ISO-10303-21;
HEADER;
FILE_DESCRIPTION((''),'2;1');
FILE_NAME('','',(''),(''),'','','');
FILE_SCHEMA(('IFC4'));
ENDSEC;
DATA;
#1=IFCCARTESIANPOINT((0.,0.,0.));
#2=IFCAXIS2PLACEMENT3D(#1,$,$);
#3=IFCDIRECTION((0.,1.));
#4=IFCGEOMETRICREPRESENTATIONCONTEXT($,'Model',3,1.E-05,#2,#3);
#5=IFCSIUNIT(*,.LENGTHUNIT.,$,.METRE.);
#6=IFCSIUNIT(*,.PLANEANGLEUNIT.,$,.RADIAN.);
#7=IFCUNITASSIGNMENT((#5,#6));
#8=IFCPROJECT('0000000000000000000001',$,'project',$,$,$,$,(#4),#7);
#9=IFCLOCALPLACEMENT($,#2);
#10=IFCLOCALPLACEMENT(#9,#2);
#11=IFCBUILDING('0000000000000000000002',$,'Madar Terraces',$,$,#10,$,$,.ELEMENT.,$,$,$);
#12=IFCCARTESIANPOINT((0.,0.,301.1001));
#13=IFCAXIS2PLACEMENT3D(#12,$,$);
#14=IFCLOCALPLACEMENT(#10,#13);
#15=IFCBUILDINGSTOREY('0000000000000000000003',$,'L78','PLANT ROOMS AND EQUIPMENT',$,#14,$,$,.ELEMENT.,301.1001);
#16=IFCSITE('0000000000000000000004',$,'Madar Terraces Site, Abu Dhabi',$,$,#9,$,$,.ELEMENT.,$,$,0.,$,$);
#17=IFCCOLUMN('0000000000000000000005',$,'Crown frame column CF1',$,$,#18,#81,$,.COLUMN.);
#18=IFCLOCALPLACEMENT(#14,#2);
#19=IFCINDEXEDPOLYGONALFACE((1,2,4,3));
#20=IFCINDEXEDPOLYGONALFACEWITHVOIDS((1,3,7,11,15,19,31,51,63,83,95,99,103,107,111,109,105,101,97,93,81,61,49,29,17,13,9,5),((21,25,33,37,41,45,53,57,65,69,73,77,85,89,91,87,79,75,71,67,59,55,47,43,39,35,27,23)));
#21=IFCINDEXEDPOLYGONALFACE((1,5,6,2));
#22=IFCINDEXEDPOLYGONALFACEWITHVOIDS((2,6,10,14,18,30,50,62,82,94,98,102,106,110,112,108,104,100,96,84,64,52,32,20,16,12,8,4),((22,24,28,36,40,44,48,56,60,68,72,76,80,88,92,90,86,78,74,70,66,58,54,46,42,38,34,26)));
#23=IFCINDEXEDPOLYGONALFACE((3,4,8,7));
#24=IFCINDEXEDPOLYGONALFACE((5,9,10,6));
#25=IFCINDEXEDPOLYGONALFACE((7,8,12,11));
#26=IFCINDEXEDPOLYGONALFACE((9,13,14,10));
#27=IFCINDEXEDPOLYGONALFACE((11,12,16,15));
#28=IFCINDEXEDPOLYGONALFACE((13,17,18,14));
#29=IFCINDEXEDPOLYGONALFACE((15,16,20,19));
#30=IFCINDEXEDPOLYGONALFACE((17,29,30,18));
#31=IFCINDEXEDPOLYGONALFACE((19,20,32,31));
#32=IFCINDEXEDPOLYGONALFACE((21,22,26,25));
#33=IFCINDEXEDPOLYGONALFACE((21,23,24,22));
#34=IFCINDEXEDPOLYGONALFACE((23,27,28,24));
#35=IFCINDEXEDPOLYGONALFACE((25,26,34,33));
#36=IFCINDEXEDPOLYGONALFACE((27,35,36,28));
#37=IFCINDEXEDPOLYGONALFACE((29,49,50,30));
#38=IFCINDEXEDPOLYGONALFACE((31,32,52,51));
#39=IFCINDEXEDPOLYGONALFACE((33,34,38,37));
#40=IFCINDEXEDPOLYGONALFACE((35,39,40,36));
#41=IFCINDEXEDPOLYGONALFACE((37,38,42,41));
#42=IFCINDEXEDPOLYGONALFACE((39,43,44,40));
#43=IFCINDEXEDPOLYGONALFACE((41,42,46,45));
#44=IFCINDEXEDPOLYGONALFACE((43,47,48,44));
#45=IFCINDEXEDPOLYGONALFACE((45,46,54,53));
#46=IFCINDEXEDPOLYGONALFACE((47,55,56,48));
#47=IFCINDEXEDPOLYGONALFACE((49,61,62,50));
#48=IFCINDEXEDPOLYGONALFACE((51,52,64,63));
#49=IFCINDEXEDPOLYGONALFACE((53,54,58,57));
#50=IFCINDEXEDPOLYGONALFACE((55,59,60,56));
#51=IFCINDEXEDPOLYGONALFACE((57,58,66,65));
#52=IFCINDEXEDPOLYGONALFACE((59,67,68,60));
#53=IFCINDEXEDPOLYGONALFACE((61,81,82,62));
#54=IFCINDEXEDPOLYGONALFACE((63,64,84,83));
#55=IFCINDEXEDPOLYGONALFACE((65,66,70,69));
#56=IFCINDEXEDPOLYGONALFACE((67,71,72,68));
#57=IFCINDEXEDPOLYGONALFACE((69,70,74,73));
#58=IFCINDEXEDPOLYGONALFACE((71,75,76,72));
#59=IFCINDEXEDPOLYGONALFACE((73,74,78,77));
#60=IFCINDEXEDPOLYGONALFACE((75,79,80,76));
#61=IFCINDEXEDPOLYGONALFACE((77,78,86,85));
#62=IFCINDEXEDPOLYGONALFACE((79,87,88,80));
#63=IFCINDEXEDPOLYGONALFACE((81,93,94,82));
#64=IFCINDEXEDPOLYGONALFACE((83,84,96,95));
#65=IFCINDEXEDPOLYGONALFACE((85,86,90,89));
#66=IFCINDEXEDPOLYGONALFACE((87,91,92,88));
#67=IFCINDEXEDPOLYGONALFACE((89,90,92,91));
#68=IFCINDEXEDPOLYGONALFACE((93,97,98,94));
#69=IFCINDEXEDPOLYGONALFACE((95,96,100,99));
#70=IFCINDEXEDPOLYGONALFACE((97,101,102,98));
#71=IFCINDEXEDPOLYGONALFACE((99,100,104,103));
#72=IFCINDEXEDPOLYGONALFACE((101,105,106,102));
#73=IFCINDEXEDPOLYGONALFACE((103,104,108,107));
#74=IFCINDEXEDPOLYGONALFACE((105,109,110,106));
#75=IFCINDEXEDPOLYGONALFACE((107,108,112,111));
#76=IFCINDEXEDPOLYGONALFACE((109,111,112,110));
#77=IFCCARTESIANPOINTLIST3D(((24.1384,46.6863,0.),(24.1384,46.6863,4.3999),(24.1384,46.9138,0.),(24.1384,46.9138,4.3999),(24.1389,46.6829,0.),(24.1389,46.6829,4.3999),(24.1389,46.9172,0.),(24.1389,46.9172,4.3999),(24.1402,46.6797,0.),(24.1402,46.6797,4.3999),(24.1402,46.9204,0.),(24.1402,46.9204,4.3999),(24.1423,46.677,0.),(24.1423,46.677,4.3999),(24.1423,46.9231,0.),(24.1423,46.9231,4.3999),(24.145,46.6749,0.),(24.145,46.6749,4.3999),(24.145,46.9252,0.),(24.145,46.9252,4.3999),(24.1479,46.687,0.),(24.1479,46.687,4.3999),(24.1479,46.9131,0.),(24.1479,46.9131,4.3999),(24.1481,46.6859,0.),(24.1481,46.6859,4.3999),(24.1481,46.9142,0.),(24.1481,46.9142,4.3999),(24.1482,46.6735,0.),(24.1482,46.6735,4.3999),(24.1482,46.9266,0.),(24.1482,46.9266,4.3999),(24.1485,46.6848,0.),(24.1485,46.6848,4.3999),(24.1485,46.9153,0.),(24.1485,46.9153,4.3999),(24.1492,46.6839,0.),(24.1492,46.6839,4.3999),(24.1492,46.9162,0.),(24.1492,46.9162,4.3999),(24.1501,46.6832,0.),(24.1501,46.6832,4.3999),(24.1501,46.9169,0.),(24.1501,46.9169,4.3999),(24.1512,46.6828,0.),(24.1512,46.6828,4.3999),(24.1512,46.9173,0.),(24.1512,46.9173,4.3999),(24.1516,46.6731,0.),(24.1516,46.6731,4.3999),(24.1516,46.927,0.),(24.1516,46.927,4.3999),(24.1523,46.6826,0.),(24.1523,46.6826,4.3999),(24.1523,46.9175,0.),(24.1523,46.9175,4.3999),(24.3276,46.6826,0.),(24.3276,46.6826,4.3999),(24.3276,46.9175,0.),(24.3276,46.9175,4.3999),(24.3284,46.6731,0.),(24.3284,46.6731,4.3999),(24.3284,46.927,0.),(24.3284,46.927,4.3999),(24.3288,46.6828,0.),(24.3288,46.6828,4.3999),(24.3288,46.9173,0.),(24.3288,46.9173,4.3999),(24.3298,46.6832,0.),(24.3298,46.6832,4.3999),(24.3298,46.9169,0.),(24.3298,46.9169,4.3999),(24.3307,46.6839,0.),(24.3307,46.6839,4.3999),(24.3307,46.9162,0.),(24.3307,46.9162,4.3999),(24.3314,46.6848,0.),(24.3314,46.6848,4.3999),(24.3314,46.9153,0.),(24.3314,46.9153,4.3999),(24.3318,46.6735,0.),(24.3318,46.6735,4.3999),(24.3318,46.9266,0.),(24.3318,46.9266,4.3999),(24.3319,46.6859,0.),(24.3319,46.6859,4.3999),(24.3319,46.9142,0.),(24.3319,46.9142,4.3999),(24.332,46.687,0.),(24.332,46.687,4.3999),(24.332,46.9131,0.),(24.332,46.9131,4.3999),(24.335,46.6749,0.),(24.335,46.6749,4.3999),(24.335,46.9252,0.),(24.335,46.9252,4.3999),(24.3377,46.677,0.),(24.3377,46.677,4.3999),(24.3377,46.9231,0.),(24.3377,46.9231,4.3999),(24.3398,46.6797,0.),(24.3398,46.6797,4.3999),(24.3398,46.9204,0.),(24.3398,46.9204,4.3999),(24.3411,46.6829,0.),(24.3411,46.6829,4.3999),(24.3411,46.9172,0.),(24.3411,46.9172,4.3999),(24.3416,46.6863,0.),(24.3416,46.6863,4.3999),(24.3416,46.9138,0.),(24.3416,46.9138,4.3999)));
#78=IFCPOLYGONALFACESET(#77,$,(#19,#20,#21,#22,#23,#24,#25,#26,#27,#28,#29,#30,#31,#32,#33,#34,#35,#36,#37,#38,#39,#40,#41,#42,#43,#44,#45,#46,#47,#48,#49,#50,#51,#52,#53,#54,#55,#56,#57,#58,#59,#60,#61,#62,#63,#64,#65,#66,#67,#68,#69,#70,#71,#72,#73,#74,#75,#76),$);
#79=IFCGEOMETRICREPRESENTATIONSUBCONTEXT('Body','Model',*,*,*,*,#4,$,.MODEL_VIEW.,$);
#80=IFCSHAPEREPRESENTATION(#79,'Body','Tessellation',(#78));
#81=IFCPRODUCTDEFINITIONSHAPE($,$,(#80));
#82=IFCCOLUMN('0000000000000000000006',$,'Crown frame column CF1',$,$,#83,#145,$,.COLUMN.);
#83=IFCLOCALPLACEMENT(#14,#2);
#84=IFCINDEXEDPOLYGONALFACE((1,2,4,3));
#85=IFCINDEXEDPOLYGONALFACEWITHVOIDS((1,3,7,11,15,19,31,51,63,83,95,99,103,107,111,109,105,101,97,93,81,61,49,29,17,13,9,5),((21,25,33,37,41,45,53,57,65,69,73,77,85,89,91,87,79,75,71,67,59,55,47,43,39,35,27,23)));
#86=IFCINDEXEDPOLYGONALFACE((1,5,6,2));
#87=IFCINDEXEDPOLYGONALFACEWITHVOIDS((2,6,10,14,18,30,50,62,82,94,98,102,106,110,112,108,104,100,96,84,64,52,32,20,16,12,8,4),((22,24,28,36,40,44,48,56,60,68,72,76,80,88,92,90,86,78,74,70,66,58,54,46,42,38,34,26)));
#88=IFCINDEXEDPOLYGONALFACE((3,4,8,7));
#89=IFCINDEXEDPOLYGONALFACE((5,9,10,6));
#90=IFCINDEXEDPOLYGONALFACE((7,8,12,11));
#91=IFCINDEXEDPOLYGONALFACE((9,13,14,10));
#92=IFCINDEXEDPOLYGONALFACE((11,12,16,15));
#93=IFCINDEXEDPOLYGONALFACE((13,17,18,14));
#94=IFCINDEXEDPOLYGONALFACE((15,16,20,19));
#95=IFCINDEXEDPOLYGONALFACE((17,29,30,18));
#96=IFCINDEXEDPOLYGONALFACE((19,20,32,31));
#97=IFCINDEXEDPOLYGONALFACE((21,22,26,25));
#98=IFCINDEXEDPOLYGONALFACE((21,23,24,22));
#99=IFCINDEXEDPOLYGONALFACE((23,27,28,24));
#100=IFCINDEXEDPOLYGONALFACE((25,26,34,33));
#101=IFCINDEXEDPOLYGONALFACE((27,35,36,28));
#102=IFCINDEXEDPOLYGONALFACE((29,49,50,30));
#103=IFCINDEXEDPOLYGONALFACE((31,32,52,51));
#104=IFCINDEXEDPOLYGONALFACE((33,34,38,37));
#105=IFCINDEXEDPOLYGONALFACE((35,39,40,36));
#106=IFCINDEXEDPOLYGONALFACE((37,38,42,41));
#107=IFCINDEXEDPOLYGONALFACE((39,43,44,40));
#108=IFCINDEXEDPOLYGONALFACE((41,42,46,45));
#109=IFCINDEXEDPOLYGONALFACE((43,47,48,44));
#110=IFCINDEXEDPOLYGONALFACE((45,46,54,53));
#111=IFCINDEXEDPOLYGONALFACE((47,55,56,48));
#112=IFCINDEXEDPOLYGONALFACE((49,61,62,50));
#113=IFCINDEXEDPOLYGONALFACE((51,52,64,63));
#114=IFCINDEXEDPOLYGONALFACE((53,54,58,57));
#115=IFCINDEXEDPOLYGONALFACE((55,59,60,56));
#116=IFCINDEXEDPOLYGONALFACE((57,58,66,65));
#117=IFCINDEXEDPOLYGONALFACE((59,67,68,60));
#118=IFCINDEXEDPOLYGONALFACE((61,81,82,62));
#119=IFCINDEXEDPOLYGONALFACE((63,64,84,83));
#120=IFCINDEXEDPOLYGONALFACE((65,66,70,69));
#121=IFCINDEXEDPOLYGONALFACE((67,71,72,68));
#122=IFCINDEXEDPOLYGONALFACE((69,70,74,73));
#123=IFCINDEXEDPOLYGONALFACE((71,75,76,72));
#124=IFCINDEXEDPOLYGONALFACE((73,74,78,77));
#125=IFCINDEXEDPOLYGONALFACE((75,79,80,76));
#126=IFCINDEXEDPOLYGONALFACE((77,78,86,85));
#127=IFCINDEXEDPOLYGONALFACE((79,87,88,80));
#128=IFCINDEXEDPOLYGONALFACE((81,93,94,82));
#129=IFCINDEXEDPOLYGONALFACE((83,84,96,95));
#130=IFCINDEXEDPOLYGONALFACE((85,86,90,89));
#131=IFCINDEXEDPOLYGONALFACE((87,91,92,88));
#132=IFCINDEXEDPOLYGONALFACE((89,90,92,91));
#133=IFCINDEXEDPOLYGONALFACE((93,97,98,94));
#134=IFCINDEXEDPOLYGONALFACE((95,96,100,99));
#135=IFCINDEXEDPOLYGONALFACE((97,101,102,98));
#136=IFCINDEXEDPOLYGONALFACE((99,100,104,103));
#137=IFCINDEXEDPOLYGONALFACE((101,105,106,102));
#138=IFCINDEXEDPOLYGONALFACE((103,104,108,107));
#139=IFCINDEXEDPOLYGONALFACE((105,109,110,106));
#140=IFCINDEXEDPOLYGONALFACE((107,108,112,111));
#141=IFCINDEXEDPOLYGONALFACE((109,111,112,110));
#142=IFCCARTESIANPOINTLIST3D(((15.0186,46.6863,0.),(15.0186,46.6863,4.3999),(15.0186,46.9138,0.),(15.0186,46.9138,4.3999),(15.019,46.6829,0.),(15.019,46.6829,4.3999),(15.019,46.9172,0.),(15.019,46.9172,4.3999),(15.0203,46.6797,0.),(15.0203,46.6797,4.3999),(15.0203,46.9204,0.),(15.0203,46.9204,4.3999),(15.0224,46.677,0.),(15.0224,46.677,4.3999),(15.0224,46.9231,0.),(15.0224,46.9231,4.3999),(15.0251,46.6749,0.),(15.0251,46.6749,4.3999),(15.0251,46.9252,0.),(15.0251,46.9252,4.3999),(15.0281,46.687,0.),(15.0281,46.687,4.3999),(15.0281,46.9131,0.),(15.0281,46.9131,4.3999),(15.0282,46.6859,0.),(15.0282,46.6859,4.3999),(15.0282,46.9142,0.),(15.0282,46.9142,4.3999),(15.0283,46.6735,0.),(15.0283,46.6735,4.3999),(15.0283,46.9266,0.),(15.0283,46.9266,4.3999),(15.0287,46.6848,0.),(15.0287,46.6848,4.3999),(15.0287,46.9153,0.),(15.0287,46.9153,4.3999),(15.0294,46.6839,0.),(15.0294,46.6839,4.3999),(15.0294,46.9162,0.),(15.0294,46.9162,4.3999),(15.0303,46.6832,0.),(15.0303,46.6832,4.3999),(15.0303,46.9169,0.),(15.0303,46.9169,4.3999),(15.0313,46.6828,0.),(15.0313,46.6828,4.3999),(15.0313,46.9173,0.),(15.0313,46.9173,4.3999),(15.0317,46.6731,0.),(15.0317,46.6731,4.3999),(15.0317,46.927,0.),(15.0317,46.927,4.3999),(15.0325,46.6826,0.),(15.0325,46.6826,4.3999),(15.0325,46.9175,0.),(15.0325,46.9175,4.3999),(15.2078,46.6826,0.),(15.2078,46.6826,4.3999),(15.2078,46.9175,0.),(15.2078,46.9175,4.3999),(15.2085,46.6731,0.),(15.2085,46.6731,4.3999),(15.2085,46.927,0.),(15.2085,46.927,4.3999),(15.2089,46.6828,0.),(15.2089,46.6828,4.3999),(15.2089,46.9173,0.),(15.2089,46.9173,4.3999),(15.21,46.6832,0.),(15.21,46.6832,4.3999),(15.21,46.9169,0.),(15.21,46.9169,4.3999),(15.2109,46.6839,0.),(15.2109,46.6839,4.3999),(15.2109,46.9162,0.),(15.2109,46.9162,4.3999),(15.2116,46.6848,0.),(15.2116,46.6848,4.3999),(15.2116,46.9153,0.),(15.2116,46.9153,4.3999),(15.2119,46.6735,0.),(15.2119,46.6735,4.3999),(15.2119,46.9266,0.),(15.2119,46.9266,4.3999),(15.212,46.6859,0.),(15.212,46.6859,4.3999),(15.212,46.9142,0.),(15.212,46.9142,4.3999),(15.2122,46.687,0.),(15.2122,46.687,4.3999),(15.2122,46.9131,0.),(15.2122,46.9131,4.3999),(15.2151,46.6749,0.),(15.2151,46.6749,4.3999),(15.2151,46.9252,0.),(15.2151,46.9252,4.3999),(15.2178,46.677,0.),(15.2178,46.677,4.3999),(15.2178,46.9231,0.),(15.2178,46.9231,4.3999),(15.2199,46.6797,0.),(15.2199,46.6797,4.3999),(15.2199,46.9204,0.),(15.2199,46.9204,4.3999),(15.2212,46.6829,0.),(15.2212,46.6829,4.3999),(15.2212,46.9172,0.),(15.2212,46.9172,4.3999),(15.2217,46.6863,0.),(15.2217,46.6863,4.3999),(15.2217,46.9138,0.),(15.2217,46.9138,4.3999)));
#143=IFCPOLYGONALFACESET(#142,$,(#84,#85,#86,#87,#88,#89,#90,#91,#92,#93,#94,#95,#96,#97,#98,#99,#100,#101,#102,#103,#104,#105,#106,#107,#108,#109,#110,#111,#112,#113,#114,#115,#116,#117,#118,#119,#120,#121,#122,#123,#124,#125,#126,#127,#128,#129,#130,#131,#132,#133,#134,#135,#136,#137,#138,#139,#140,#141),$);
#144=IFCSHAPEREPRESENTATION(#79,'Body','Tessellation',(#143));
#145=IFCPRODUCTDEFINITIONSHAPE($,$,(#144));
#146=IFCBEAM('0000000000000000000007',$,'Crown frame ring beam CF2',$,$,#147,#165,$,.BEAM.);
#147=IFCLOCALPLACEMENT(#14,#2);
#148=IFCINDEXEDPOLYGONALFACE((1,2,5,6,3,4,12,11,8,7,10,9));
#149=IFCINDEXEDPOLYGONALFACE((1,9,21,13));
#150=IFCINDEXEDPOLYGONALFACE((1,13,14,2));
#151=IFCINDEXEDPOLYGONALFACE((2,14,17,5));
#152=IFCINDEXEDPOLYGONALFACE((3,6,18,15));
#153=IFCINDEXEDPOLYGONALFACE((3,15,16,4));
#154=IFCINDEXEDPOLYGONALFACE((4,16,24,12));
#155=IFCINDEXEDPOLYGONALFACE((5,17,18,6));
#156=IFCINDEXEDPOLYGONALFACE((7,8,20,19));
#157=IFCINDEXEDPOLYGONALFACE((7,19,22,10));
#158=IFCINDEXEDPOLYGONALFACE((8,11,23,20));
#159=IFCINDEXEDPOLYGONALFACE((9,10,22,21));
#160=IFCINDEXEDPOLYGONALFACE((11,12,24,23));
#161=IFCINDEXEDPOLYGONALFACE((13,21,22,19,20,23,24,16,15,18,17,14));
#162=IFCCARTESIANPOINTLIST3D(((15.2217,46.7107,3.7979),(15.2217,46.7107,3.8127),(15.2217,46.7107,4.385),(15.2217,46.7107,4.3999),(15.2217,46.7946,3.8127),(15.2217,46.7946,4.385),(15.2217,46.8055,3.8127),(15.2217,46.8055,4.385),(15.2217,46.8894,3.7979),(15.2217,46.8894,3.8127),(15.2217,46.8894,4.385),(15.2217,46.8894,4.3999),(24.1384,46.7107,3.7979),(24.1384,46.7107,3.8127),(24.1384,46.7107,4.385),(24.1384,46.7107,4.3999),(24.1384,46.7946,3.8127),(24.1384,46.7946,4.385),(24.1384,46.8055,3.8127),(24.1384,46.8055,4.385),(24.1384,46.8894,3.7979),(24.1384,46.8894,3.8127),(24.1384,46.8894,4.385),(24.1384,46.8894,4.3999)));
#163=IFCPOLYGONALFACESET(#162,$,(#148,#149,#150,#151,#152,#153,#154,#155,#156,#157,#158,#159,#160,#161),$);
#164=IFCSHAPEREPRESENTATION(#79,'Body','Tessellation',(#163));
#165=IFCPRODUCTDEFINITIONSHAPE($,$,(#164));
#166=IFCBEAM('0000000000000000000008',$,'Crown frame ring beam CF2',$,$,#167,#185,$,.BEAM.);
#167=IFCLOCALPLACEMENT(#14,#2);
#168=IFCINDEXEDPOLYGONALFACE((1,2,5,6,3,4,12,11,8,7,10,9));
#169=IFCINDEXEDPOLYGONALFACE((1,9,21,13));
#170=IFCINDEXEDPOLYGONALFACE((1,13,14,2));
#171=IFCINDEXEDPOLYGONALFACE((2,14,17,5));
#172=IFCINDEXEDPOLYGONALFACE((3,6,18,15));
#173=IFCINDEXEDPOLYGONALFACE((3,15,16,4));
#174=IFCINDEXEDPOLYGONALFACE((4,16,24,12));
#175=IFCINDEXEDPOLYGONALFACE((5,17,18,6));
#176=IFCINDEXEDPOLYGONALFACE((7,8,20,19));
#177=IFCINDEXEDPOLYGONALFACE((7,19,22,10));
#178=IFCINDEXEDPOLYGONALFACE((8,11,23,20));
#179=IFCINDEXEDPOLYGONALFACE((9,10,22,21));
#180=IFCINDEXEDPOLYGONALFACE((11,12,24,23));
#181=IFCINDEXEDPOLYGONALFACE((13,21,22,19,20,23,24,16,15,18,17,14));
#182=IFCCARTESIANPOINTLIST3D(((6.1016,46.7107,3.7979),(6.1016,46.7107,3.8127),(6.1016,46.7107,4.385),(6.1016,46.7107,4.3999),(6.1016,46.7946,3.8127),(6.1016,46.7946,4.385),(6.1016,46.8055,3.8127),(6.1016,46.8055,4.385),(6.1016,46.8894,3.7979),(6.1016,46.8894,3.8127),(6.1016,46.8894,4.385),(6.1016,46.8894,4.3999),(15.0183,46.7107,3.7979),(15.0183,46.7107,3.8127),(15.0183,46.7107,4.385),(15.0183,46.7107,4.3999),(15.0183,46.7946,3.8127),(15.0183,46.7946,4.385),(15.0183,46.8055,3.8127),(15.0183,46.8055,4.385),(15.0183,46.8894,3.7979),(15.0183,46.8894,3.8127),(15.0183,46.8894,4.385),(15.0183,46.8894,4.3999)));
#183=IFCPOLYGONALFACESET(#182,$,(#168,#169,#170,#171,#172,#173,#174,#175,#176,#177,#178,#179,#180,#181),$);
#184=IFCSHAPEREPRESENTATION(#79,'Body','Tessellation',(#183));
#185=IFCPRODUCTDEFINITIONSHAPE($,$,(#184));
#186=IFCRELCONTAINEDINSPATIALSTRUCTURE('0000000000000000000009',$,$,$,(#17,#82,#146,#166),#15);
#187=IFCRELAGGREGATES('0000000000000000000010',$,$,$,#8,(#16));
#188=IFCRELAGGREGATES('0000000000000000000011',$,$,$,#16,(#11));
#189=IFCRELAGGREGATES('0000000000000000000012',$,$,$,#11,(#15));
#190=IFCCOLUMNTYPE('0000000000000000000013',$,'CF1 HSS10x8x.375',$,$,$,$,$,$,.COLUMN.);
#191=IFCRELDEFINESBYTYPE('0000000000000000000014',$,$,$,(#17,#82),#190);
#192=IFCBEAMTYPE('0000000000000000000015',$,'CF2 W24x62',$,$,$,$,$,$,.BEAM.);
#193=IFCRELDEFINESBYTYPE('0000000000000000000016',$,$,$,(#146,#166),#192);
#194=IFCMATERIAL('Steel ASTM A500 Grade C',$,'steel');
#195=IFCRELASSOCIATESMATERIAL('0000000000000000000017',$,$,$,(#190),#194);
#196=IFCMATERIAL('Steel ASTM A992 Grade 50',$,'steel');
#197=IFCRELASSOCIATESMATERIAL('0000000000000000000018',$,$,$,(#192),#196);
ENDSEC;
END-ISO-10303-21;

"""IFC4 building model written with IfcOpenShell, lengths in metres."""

from ifc_helpers import new_model, si_unit, direction, frame, origin, origin_2d, place, context, subcontext, project, spatial, hollow_rectangle, i_section, extrude, material, material_profile, profile_set, type_object, element, save


model = new_model("IFC4")

# Units and contexts
model_context = context("Model", 3, precision=1e-05, world=origin(), true_north=direction((0.0, 1.0)))
body_context = subcontext(model_context, "Body", "Model", "MODEL_VIEW")
ifc_project = project(units=[si_unit("LENGTHUNIT", "METRE"), si_unit("PLANEANGLEUNIT", "RADIAN")], contexts=[model_context])

# Site, building, storey
site_placement = place(None, origin())
site = spatial("IfcSite", under=ifc_project, at=site_placement, Name="Madar Terraces Site, Abu Dhabi", CompositionType="ELEMENT", RefElevation=0.0)
building_placement = place(site_placement, origin())
building = spatial("IfcBuilding", under=site, at=building_placement, Name="Madar Terraces", CompositionType="ELEMENT")
storey_placement = place(building_placement, frame((0.0, 0.0, 301.1001)))
storey = spatial("IfcBuildingStorey", under=building, at=storey_placement, Name="L78", Description="PLANT ROOMS AND EQUIPMENT", CompositionType="ELEMENT", Elevation=301.1001)

# Columns
ifc_material_1 = material(Name="Steel ASTM A500 Grade C", Category="steel")
ifc_material_profile_1 = material_profile(ifc_material_1, hollow_rectangle(XDim=0.2031, YDim=0.2539, WallThickness=0.0095, InnerFilletRadius=0.0044, OuterFilletRadius=0.0132, at=origin_2d()), Name="HSS10x8x.375")
ifc_profile_set_1 = profile_set([ifc_material_profile_1], Name="Steel ASTM A500 Grade C")
column_type = type_object("IfcColumnType", Name="CF1 HSS10x8x.375", PredefinedType="COLUMN", material=ifc_profile_set_1)
for number, where, z_axis, x_axis, name in (
    (1, (24.24, 46.8, 0.0), (0.0, 0.0, 1.0), (1.0, 0.0, 0.0), "Crown frame column CF1"),
    (2, (15.1201, 46.8, 0.0), (0.0, 0.0, 1.0), (1.0, 0.0, 0.0), "Crown frame column CF1"),
):
    element("IfcColumn", number, at=place(storey_placement, frame(where, z_axis=z_axis, x_axis=x_axis)), inside=storey, type_object=column_type, Name=name, PredefinedType="COLUMN", context=body_context, shape_type="SweptSolid", body=[
        extrude(hollow_rectangle(XDim=0.2031, YDim=0.2539, WallThickness=0.0095, InnerFilletRadius=0.0044, OuterFilletRadius=0.0132, at=origin_2d()), origin(), (0.0, 0.0, 1.0), 4.3999),
    ])

# Beams
ifc_material_2 = material(Name="Steel ASTM A992 Grade 50", Category="steel")
ifc_material_profile_2 = material_profile(ifc_material_2, i_section(OverallWidth=0.1787, OverallDepth=0.6021, WebThickness=0.011, FlangeThickness=0.0149, at=origin_2d()), Name="W24x62")
ifc_profile_set_2 = profile_set([ifc_material_profile_2], Name="Steel ASTM A992 Grade 50")
beam_type = type_object("IfcBeamType", Name="CF2 W24x62", PredefinedType="BEAM", material=ifc_profile_set_2)
for number, where, z_axis, x_axis, name in (
    (3, (24.1384, 46.8, 4.0989), (-1.0, 0.0, 0.0), (0.0, -1.0, 0.0), "Crown frame ring beam CF2"),
    (4, (15.0183, 46.8, 4.0989), (-1.0, 0.0, 0.0), (0.0, -1.0, 0.0), "Crown frame ring beam CF2"),
):
    element("IfcBeam", number, at=place(storey_placement, frame(where, z_axis=z_axis, x_axis=x_axis)), inside=storey, type_object=beam_type, Name=name, PredefinedType="BEAM", context=body_context, shape_type="SweptSolid", body=[
        extrude(i_section(OverallWidth=0.1787, OverallDepth=0.6021, WebThickness=0.011, FlangeThickness=0.0149, at=origin_2d()), origin(), (0.0, 0.0, 1.0), 8.9167),
    ])

save(model, "model.ifc")
